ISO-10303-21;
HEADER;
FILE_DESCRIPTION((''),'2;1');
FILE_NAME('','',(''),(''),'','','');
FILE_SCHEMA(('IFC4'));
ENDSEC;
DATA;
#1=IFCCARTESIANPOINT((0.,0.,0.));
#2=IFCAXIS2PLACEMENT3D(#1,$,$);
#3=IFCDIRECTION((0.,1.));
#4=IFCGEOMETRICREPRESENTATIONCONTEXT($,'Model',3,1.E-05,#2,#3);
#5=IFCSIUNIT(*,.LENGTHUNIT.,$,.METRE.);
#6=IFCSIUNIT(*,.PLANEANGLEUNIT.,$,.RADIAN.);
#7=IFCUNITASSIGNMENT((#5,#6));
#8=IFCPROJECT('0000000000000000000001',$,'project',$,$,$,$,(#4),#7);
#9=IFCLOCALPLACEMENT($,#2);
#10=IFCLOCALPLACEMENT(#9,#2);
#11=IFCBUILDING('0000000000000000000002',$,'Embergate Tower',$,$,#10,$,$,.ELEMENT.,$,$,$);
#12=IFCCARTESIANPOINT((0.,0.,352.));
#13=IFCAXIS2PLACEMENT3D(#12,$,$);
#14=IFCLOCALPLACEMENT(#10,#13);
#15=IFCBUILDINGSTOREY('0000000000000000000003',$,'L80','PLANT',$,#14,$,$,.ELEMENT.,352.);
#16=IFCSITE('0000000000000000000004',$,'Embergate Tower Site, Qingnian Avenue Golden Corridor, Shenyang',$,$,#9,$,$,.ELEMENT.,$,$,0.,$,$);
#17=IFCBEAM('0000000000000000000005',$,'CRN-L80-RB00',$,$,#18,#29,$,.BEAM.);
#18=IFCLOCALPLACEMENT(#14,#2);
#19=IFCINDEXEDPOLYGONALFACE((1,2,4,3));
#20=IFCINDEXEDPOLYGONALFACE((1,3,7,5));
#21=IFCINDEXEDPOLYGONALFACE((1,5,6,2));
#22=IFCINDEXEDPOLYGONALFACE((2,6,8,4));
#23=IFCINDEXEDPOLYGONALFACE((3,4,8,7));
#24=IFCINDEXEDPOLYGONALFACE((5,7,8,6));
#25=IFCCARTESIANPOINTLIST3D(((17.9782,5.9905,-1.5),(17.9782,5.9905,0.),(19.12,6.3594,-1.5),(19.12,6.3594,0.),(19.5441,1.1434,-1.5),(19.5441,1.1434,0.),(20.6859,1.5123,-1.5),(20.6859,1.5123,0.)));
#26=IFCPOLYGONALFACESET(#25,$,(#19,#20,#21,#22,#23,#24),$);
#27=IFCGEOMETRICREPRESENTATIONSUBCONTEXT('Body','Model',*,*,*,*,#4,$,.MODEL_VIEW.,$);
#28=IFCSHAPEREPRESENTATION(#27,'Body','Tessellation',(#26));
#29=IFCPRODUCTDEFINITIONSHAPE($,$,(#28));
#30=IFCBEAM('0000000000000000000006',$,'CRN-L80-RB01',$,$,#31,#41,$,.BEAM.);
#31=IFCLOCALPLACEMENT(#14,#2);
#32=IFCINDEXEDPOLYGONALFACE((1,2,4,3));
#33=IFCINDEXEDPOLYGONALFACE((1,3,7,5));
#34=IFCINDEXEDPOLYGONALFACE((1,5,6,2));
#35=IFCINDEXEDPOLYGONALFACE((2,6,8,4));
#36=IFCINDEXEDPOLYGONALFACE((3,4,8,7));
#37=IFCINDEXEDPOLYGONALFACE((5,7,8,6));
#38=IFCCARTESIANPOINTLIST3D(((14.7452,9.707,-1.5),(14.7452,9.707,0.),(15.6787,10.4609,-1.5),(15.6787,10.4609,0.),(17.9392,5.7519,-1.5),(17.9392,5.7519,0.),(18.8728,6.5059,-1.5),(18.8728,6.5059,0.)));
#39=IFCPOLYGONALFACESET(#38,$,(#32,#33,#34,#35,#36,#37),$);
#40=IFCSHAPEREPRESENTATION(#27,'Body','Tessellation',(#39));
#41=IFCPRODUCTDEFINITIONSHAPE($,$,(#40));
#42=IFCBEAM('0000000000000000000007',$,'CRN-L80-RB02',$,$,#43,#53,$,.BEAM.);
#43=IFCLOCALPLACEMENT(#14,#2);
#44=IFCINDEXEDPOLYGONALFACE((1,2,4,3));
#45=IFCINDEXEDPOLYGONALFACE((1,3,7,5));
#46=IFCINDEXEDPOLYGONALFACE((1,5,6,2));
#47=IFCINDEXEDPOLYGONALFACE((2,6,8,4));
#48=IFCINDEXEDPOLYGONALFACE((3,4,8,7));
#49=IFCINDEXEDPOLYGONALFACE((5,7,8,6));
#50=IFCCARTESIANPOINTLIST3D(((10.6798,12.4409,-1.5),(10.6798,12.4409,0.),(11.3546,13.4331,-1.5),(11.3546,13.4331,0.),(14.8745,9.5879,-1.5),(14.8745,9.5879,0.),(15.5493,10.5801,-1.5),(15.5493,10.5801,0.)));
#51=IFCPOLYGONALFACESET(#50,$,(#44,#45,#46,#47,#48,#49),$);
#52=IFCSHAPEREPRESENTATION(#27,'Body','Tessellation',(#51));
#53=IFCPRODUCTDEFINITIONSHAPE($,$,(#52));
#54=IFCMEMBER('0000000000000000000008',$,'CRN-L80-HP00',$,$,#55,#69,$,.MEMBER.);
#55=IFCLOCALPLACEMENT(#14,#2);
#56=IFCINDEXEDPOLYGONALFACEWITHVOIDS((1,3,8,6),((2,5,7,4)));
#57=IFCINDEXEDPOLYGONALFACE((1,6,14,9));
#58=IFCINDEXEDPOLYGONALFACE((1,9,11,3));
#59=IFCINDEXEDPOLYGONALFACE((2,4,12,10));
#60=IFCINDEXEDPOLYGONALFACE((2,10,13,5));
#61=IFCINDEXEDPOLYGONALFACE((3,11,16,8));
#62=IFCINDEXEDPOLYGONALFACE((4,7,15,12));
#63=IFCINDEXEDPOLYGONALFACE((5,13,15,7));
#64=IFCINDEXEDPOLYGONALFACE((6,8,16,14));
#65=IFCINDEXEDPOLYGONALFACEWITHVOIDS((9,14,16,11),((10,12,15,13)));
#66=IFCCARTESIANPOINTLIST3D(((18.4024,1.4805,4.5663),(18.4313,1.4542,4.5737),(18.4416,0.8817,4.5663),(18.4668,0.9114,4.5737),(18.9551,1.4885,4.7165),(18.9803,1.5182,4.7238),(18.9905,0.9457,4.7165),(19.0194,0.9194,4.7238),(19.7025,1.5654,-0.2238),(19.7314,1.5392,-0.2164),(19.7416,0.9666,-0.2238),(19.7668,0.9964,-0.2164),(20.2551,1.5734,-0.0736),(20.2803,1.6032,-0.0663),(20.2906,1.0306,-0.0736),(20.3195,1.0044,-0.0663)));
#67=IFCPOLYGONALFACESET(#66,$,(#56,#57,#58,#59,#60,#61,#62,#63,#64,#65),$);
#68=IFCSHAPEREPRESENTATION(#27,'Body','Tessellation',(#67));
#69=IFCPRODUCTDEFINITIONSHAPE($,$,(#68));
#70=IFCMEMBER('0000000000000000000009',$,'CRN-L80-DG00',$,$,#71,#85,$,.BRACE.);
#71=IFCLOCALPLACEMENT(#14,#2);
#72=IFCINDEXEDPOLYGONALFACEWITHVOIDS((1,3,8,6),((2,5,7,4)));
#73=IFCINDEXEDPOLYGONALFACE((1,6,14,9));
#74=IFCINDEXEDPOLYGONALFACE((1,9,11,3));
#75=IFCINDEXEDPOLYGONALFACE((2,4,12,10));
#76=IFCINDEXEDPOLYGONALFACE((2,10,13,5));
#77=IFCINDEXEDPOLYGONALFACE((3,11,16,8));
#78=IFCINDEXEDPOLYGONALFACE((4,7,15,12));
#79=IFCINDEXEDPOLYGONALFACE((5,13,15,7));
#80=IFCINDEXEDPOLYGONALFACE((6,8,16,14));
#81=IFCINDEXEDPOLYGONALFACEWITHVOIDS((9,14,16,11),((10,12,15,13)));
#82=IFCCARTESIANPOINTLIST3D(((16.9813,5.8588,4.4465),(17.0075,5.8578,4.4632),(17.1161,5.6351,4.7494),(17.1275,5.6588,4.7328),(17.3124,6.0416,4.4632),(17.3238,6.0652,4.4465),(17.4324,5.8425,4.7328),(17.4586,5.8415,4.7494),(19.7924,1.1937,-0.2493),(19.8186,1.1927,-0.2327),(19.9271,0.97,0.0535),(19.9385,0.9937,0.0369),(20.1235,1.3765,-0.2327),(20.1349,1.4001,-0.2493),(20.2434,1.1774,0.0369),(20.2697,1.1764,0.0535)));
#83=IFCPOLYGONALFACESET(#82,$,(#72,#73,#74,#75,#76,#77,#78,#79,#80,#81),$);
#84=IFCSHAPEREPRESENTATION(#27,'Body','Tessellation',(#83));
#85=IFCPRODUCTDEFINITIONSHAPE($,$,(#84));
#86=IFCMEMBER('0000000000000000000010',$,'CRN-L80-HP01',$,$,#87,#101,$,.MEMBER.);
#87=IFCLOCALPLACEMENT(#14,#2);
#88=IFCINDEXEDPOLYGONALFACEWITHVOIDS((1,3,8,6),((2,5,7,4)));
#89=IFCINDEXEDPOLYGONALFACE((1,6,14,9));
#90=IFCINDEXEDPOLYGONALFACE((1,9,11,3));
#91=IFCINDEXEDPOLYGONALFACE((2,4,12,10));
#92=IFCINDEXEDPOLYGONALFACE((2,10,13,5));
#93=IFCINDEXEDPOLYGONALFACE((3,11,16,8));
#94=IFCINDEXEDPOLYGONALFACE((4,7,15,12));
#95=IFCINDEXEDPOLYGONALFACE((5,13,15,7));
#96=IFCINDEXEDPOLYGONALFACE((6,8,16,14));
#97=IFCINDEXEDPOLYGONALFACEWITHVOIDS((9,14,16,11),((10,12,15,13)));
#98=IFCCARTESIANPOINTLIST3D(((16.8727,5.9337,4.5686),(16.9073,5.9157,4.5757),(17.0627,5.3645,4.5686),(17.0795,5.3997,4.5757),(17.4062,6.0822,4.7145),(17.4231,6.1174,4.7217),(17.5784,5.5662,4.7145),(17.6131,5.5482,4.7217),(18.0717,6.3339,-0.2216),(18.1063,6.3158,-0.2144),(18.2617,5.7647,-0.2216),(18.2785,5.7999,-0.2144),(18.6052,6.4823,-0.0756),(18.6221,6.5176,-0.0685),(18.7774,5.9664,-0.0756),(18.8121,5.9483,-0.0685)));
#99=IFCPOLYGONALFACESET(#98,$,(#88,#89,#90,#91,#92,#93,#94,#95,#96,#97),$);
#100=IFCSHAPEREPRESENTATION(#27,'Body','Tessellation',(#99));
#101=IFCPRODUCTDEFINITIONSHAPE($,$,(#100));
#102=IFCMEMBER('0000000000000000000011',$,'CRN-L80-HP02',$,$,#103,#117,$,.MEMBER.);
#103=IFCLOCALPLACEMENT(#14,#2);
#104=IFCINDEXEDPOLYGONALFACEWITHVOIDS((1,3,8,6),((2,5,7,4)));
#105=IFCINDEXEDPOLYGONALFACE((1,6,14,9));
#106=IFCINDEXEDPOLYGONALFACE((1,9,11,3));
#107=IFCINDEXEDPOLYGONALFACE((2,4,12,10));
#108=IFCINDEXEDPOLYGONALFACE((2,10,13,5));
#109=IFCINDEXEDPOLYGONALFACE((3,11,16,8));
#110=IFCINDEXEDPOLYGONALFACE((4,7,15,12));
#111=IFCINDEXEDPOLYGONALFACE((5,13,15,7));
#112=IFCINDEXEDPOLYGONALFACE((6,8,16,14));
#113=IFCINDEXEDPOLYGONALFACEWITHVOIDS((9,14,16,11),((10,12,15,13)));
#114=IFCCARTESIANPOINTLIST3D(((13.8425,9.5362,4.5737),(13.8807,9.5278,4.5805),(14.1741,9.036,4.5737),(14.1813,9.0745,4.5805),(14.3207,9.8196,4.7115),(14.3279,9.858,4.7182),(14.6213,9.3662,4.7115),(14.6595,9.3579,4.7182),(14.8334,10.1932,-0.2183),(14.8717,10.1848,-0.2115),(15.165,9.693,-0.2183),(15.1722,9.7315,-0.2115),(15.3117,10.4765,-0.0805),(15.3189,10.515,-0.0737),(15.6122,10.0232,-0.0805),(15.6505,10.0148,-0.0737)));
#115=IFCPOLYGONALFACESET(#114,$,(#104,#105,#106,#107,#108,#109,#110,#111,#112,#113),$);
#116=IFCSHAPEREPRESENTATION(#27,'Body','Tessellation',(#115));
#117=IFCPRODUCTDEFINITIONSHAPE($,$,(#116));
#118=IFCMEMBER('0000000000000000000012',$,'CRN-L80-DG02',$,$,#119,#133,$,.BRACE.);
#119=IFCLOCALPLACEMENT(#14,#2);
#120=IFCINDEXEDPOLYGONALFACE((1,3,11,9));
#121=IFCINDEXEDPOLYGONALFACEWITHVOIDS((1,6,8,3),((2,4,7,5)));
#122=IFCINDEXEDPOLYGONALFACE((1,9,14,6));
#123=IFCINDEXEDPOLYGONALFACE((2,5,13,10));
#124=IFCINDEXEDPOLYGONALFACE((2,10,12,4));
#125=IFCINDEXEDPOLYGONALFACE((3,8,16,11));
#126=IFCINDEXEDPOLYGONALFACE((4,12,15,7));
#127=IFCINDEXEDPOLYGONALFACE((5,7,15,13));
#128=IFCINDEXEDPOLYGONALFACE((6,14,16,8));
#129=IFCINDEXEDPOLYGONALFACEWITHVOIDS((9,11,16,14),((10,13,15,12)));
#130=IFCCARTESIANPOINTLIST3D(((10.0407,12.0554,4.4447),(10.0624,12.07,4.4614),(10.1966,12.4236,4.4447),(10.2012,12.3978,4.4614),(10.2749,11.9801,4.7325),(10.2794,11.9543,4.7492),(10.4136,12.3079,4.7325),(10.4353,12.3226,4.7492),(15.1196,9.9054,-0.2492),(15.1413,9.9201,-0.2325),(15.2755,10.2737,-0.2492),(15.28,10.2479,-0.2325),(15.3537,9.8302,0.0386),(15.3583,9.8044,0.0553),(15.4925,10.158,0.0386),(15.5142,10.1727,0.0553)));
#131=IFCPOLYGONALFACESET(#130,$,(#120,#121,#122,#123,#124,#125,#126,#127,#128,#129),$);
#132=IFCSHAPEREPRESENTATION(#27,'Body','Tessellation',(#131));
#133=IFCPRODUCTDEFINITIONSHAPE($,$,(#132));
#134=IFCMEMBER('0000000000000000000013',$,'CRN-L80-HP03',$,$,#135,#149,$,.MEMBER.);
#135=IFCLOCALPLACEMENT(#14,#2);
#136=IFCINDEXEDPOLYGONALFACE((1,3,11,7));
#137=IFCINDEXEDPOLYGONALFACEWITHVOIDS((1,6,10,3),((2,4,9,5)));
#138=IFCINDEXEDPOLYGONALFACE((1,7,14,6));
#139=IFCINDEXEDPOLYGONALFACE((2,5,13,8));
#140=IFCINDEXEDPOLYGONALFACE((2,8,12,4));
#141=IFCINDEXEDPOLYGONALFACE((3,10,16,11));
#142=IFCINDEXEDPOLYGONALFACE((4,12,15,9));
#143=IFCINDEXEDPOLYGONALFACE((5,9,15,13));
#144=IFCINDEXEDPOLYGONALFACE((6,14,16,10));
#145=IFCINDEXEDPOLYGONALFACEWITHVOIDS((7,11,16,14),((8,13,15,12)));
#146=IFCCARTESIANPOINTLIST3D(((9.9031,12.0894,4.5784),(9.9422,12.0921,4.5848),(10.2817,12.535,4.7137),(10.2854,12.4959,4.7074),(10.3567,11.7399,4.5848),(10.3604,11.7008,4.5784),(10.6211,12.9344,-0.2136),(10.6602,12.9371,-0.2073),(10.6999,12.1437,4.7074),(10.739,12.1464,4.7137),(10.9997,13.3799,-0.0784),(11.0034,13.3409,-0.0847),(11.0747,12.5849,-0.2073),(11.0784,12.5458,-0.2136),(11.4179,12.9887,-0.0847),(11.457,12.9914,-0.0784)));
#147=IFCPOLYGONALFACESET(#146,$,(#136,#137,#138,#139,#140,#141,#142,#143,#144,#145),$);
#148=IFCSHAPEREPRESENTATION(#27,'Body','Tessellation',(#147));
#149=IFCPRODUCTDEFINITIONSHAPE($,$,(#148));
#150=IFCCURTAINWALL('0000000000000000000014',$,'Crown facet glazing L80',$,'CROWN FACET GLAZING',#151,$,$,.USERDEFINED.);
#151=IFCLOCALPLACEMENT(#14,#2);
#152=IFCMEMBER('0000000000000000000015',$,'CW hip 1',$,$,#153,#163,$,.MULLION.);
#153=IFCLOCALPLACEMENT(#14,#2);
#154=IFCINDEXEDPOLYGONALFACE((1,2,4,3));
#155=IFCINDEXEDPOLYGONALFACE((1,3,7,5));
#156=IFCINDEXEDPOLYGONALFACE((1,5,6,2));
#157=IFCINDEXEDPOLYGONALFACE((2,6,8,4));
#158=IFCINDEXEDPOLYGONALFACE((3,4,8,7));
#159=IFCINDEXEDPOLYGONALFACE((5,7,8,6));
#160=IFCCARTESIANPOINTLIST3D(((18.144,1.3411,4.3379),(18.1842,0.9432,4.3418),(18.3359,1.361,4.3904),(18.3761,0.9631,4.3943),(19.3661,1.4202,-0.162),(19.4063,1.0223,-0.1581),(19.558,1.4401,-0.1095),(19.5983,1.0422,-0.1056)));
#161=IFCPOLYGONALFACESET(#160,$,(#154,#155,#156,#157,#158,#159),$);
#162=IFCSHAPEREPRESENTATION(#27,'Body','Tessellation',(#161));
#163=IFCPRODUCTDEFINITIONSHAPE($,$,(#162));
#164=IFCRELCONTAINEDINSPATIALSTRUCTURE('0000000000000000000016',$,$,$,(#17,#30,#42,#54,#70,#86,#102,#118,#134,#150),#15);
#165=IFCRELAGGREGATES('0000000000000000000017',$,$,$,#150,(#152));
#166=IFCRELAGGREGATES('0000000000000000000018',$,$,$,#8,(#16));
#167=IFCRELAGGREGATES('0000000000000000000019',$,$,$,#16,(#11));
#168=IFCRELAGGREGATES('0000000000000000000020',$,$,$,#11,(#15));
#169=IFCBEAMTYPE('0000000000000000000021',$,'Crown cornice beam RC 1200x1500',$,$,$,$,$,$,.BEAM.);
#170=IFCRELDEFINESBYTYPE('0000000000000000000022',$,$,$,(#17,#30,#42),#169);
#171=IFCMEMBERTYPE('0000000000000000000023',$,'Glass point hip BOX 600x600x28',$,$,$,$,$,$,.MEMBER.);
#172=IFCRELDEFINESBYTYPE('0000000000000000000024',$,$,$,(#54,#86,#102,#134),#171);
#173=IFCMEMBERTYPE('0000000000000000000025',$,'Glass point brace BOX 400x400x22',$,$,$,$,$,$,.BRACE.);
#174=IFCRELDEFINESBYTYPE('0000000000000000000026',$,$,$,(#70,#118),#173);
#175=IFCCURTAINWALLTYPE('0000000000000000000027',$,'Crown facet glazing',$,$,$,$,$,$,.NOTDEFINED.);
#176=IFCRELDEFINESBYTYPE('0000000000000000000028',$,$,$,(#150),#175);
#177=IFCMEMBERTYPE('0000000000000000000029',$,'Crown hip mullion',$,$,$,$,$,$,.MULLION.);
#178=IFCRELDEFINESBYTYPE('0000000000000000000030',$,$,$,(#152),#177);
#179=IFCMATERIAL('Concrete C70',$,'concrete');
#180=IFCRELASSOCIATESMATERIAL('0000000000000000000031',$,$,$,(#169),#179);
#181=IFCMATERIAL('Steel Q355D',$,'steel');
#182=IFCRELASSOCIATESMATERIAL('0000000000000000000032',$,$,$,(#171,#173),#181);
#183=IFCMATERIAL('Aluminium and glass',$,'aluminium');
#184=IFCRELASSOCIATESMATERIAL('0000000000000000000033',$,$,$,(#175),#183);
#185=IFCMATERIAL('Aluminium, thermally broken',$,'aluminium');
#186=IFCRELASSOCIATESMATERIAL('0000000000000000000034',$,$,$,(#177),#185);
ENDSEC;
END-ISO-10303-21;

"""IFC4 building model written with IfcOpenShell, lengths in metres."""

from ifc_helpers import new_model, si_unit, direction, frame, origin, origin_2d, place, context, subcontext, project, spatial, rectangle, hollow_rectangle, extrude, source, transform, mapped, material, material_profile, profile_set, type_object, element, aggregate, save


model = new_model("IFC4")

# Units and contexts
model_context = context("Model", 3, precision=1e-05, world=origin(), true_north=direction((0.0, 1.0)))
body_context = subcontext(model_context, "Body", "Model", "MODEL_VIEW")
ifc_project = project(units=[si_unit("LENGTHUNIT", "METRE"), si_unit("PLANEANGLEUNIT", "RADIAN")], contexts=[model_context])

# Site, building, storey
site_placement = place(None, origin())
site = spatial("IfcSite", under=ifc_project, at=site_placement, Name="Embergate Tower Site, Qingnian Avenue Golden Corridor, Shenyang", CompositionType="ELEMENT", RefElevation=0.0)
building_placement = place(site_placement, origin())
building = spatial("IfcBuilding", under=site, at=building_placement, Name="Embergate Tower", CompositionType="ELEMENT")
storey_placement = place(building_placement, frame((0.0, 0.0, 352.0)))
storey = spatial("IfcBuildingStorey", under=building, at=storey_placement, Name="L80", Description="PLANT", CompositionType="ELEMENT", Elevation=352.0)

# Beams
ifc_material_1 = material(Name="Concrete C70", Category="concrete")
ifc_material_profile_1 = material_profile(ifc_material_1, rectangle(XDim=1.2, YDim=1.5, at=origin_2d()), Name="RC 1200x1500")
ifc_profile_set_1 = profile_set([ifc_material_profile_1], Name="Concrete C70")
beam_type = type_object("IfcBeamType", Name="Crown cornice beam RC 1200x1500", PredefinedType="BEAM", material=ifc_profile_set_1)
shared_shape_1 = source(origin(), body_context, "Body", "SweptSolid", [
    extrude(rectangle(XDim=1.2, YDim=1.5, at=origin_2d()), origin(), (0.0, 0.0, 1.0), 5.0938),
])
beam_1_placement = place(storey_placement, frame((20.115, 1.3279, -0.75), z_axis=(-0.307414, 0.951576, 0.0), x_axis=(-0.951576, -0.307414, 0.0)))
element("IfcBeam", 1, at=beam_1_placement, inside=storey, type_object=beam_type, Name="CRN-L80-RB00", PredefinedType="BEAM", context=body_context, shape_type="MappedRepresentation", body=[
    mapped(shared_shape_1, transform((0.0, 0.0, 0.0))),
])
shared_shape_2 = source(origin(), body_context, "Body", "SweptSolid", [
    extrude(rectangle(XDim=1.2, YDim=1.5, at=origin_2d()), origin(), (0.0, 0.0, 1.0), 5.0837),
])
beam_2_placement = place(storey_placement, frame((18.406, 6.1289, -0.75), z_axis=(-0.62829, 0.777979, 0.0), x_axis=(-0.777979, -0.62829, 0.0)))
element("IfcBeam", 2, at=beam_2_placement, inside=storey, type_object=beam_type, Name="CRN-L80-RB01", PredefinedType="BEAM", context=body_context, shape_type="MappedRepresentation", body=[
    mapped(shared_shape_2, transform((0.0, 0.0, 0.0))),
])
shared_shape_3 = source(origin(), body_context, "Body", "SweptSolid", [
    extrude(rectangle(XDim=1.2, YDim=1.5, at=origin_2d()), origin(), (0.0, 0.0, 1.0), 5.073),
])
beam_3_placement = place(storey_placement, frame((15.2119, 10.084, -0.75), z_axis=(-0.826876, 0.562384, 0.0), x_axis=(-0.562384, -0.826876, 0.0)))
element("IfcBeam", 3, at=beam_3_placement, inside=storey, type_object=beam_type, Name="CRN-L80-RB02", PredefinedType="BEAM", context=body_context, shape_type="MappedRepresentation", body=[
    mapped(shared_shape_3, transform((0.0, 0.0, 0.0))),
])

# Members
ifc_material_2 = material(Name="Steel Q355D", Category="steel")
ifc_material_profile_2 = material_profile(ifc_material_2, hollow_rectangle(XDim=0.6001, YDim=0.6001, WallThickness=0.0281, at=origin_2d()), Name="BOX 600x600x28")
ifc_profile_set_2 = profile_set([ifc_material_profile_2], Name="Steel Q355 grade D")
member_type_1 = type_object("IfcMemberType", Name="Glass point hip BOX 600x600x28", PredefinedType="MEMBER", material=ifc_profile_set_2)
shared_shape_4 = source(origin(), body_context, "Body", "SweptSolid", [
    extrude(hollow_rectangle(XDim=0.6001, YDim=0.6001, WallThickness=0.0281, at=origin_2d()), origin(), (0.0, 0.0, 1.0), 4.9641),
])
member_1_placement = place(storey_placement, frame((20.011, 1.2849, -0.145), z_axis=(-0.261893, -0.017115, 0.964945), x_axis=(0.065213, -0.997871, 0.0)))
element("IfcMember", 4, at=member_1_placement, inside=storey, type_object=member_type_1, Name="CRN-L80-HP00", PredefinedType="MEMBER", context=body_context, shape_type="MappedRepresentation", body=[
    mapped(shared_shape_4, transform((0.0, 0.0, 0.0))),
])
ifc_material_profile_3 = material_profile(ifc_material_2, hollow_rectangle(XDim=0.3999, YDim=0.3999, WallThickness=0.022, at=origin_2d()), Name="BOX 400x400x22")
ifc_profile_set_3 = profile_set([ifc_material_profile_3], Name="Steel Q355 grade D")
member_type_2 = type_object("IfcMemberType", Name="Glass point brace BOX 400x400x22", PredefinedType="BRACE", material=ifc_profile_set_3)
shared_shape_5 = source(origin(), body_context, "Body", "SweptSolid", [
    extrude(hollow_rectangle(XDim=0.3999, YDim=0.3999, WallThickness=0.022, at=origin_2d()), origin(), (0.0, 0.0, 1.0), 7.1914),
])
member_2_placement = place(storey_placement, frame((20.031, 1.1851, -0.0979), z_axis=(-0.390893, 0.648704, 0.652982), x_axis=(-0.856518, -0.516116, 0.0)))
element("IfcMember", 5, at=member_2_placement, inside=storey, type_object=member_type_2, Name="CRN-L80-DG00", PredefinedType="BRACE", context=body_context, shape_type="MappedRepresentation", body=[
    mapped(shared_shape_5, transform((0.0, 0.0, 0.0))),
])
shared_shape_6 = source(origin(), body_context, "Body", "SweptSolid", [
    extrude(hollow_rectangle(XDim=0.6001, YDim=0.6001, WallThickness=0.0281, at=origin_2d()), origin(), (0.0, 0.0, 1.0), 4.9541),
])
member_3_placement = place(storey_placement, frame((18.4419, 6.1411, -0.145), z_axis=(-0.242021, -0.080772, 0.966903), x_axis=(0.316575, -0.948567, 0.0)))
element("IfcMember", 6, at=member_3_placement, inside=storey, type_object=member_type_1, Name="CRN-L80-HP01", PredefinedType="MEMBER", context=body_context, shape_type="MappedRepresentation", body=[
    mapped(shared_shape_6, transform((0.0, 0.0, 0.0))),
])
shared_shape_7 = source(origin(), body_context, "Body", "SweptSolid", [
    extrude(hollow_rectangle(XDim=0.6001, YDim=0.6001, WallThickness=0.0281, at=origin_2d()), origin(), (0.0, 0.0, 1.0), 4.9373),
])
member_4_placement = place(storey_placement, frame((15.2419, 10.104, -0.146), z_axis=(-0.200711, -0.133065, 0.970571), x_axis=(0.552566, -0.833469, 0.0)))
element("IfcMember", 7, at=member_4_placement, inside=storey, type_object=member_type_1, Name="CRN-L80-HP02", PredefinedType="MEMBER", context=body_context, shape_type="MappedRepresentation", body=[
    mapped(shared_shape_7, transform((0.0, 0.0, 0.0))),
])
shared_shape_8 = source(origin(), body_context, "Body", "SweptSolid", [
    extrude(hollow_rectangle(XDim=0.3999, YDim=0.3999, WallThickness=0.022, at=origin_2d()), origin(), (0.0, 0.0, 1.0), 7.2422),
])
member_5_placement = place(storey_placement, frame((15.3169, 10.0391, -0.0969), z_axis=(-0.701289, 0.296859, 0.648127), x_axis=(-0.389818, -0.920892, 0.0)))
element("IfcMember", 8, at=member_5_placement, inside=storey, type_object=member_type_2, Name="CRN-L80-DG02", PredefinedType="BRACE", context=body_context, shape_type="MappedRepresentation", body=[
    mapped(shared_shape_8, transform((0.0, 0.0, 0.0))),
])
shared_shape_9 = source(origin(), body_context, "Body", "SweptSolid", [
    extrude(hollow_rectangle(XDim=0.6001, YDim=0.6001, WallThickness=0.0281, at=origin_2d()), origin(), (0.0, 0.0, 1.0), 4.9187),
])
member_6_placement = place(storey_placement, frame((11.0391, 12.9629, -0.146), z_axis=(-0.14598, -0.171791, 0.974258), x_axis=(0.762032, -0.64754, 0.0)))
element("IfcMember", 9, at=member_6_placement, inside=storey, type_object=member_type_1, Name="CRN-L80-HP03", PredefinedType="MEMBER", context=body_context, shape_type="MappedRepresentation", body=[
    mapped(shared_shape_9, transform((0.0, 0.0, 0.0))),
])

# Curtain wall, member
ifc_material_3 = material(Name="Aluminium and glass", Category="aluminium")
curtain_wall_type = type_object("IfcCurtainWallType", Name="Crown facet glazing", PredefinedType="NOTDEFINED", material=ifc_material_3)
curtain_wall_placement = place(storey_placement, origin())
curtain_wall = element("IfcCurtainWall", 10, at=curtain_wall_placement, inside=storey, type_object=curtain_wall_type, Name="Crown facet glazing L80", ObjectType="CROWN FACET GLAZING", PredefinedType="USERDEFINED")
ifc_material_4 = material(Name="Aluminium, thermally broken", Category="aluminium")
ifc_material_profile_4 = material_profile(ifc_material_4, rectangle(XDim=0.2, YDim=0.3999, at=origin_2d()), Name="AL 400x200")
ifc_profile_set_4 = profile_set([ifc_material_profile_4], Name="Aluminium, thermally broken")
member_type_3 = type_object("IfcMemberType", Name="Crown hip mullion", PredefinedType="MULLION", material=ifc_profile_set_4)
shared_shape_10 = source(origin(), body_context, "Body", "SweptSolid", [
    extrude(rectangle(XDim=0.2, YDim=0.3999, at=origin_2d()), origin(), (0.0, 0.0, 1.0), 4.6636),
])
member_7_placement = place(storey_placement, frame((19.4822, 1.2312, -0.1338), z_axis=(-0.262061, -0.016961, 0.964902), x_axis=(0.959792, 0.099658, 0.262425)))
member_7 = element("IfcMember", 11, at=member_7_placement, type_object=member_type_3, Name="CW hip 1", PredefinedType="MULLION", context=body_context, shape_type="MappedRepresentation", body=[
    mapped(shared_shape_10, transform((0.0, 0.0, 0.0))),
])
aggregate(curtain_wall, [member_7])

save(model, "model.ifc")
